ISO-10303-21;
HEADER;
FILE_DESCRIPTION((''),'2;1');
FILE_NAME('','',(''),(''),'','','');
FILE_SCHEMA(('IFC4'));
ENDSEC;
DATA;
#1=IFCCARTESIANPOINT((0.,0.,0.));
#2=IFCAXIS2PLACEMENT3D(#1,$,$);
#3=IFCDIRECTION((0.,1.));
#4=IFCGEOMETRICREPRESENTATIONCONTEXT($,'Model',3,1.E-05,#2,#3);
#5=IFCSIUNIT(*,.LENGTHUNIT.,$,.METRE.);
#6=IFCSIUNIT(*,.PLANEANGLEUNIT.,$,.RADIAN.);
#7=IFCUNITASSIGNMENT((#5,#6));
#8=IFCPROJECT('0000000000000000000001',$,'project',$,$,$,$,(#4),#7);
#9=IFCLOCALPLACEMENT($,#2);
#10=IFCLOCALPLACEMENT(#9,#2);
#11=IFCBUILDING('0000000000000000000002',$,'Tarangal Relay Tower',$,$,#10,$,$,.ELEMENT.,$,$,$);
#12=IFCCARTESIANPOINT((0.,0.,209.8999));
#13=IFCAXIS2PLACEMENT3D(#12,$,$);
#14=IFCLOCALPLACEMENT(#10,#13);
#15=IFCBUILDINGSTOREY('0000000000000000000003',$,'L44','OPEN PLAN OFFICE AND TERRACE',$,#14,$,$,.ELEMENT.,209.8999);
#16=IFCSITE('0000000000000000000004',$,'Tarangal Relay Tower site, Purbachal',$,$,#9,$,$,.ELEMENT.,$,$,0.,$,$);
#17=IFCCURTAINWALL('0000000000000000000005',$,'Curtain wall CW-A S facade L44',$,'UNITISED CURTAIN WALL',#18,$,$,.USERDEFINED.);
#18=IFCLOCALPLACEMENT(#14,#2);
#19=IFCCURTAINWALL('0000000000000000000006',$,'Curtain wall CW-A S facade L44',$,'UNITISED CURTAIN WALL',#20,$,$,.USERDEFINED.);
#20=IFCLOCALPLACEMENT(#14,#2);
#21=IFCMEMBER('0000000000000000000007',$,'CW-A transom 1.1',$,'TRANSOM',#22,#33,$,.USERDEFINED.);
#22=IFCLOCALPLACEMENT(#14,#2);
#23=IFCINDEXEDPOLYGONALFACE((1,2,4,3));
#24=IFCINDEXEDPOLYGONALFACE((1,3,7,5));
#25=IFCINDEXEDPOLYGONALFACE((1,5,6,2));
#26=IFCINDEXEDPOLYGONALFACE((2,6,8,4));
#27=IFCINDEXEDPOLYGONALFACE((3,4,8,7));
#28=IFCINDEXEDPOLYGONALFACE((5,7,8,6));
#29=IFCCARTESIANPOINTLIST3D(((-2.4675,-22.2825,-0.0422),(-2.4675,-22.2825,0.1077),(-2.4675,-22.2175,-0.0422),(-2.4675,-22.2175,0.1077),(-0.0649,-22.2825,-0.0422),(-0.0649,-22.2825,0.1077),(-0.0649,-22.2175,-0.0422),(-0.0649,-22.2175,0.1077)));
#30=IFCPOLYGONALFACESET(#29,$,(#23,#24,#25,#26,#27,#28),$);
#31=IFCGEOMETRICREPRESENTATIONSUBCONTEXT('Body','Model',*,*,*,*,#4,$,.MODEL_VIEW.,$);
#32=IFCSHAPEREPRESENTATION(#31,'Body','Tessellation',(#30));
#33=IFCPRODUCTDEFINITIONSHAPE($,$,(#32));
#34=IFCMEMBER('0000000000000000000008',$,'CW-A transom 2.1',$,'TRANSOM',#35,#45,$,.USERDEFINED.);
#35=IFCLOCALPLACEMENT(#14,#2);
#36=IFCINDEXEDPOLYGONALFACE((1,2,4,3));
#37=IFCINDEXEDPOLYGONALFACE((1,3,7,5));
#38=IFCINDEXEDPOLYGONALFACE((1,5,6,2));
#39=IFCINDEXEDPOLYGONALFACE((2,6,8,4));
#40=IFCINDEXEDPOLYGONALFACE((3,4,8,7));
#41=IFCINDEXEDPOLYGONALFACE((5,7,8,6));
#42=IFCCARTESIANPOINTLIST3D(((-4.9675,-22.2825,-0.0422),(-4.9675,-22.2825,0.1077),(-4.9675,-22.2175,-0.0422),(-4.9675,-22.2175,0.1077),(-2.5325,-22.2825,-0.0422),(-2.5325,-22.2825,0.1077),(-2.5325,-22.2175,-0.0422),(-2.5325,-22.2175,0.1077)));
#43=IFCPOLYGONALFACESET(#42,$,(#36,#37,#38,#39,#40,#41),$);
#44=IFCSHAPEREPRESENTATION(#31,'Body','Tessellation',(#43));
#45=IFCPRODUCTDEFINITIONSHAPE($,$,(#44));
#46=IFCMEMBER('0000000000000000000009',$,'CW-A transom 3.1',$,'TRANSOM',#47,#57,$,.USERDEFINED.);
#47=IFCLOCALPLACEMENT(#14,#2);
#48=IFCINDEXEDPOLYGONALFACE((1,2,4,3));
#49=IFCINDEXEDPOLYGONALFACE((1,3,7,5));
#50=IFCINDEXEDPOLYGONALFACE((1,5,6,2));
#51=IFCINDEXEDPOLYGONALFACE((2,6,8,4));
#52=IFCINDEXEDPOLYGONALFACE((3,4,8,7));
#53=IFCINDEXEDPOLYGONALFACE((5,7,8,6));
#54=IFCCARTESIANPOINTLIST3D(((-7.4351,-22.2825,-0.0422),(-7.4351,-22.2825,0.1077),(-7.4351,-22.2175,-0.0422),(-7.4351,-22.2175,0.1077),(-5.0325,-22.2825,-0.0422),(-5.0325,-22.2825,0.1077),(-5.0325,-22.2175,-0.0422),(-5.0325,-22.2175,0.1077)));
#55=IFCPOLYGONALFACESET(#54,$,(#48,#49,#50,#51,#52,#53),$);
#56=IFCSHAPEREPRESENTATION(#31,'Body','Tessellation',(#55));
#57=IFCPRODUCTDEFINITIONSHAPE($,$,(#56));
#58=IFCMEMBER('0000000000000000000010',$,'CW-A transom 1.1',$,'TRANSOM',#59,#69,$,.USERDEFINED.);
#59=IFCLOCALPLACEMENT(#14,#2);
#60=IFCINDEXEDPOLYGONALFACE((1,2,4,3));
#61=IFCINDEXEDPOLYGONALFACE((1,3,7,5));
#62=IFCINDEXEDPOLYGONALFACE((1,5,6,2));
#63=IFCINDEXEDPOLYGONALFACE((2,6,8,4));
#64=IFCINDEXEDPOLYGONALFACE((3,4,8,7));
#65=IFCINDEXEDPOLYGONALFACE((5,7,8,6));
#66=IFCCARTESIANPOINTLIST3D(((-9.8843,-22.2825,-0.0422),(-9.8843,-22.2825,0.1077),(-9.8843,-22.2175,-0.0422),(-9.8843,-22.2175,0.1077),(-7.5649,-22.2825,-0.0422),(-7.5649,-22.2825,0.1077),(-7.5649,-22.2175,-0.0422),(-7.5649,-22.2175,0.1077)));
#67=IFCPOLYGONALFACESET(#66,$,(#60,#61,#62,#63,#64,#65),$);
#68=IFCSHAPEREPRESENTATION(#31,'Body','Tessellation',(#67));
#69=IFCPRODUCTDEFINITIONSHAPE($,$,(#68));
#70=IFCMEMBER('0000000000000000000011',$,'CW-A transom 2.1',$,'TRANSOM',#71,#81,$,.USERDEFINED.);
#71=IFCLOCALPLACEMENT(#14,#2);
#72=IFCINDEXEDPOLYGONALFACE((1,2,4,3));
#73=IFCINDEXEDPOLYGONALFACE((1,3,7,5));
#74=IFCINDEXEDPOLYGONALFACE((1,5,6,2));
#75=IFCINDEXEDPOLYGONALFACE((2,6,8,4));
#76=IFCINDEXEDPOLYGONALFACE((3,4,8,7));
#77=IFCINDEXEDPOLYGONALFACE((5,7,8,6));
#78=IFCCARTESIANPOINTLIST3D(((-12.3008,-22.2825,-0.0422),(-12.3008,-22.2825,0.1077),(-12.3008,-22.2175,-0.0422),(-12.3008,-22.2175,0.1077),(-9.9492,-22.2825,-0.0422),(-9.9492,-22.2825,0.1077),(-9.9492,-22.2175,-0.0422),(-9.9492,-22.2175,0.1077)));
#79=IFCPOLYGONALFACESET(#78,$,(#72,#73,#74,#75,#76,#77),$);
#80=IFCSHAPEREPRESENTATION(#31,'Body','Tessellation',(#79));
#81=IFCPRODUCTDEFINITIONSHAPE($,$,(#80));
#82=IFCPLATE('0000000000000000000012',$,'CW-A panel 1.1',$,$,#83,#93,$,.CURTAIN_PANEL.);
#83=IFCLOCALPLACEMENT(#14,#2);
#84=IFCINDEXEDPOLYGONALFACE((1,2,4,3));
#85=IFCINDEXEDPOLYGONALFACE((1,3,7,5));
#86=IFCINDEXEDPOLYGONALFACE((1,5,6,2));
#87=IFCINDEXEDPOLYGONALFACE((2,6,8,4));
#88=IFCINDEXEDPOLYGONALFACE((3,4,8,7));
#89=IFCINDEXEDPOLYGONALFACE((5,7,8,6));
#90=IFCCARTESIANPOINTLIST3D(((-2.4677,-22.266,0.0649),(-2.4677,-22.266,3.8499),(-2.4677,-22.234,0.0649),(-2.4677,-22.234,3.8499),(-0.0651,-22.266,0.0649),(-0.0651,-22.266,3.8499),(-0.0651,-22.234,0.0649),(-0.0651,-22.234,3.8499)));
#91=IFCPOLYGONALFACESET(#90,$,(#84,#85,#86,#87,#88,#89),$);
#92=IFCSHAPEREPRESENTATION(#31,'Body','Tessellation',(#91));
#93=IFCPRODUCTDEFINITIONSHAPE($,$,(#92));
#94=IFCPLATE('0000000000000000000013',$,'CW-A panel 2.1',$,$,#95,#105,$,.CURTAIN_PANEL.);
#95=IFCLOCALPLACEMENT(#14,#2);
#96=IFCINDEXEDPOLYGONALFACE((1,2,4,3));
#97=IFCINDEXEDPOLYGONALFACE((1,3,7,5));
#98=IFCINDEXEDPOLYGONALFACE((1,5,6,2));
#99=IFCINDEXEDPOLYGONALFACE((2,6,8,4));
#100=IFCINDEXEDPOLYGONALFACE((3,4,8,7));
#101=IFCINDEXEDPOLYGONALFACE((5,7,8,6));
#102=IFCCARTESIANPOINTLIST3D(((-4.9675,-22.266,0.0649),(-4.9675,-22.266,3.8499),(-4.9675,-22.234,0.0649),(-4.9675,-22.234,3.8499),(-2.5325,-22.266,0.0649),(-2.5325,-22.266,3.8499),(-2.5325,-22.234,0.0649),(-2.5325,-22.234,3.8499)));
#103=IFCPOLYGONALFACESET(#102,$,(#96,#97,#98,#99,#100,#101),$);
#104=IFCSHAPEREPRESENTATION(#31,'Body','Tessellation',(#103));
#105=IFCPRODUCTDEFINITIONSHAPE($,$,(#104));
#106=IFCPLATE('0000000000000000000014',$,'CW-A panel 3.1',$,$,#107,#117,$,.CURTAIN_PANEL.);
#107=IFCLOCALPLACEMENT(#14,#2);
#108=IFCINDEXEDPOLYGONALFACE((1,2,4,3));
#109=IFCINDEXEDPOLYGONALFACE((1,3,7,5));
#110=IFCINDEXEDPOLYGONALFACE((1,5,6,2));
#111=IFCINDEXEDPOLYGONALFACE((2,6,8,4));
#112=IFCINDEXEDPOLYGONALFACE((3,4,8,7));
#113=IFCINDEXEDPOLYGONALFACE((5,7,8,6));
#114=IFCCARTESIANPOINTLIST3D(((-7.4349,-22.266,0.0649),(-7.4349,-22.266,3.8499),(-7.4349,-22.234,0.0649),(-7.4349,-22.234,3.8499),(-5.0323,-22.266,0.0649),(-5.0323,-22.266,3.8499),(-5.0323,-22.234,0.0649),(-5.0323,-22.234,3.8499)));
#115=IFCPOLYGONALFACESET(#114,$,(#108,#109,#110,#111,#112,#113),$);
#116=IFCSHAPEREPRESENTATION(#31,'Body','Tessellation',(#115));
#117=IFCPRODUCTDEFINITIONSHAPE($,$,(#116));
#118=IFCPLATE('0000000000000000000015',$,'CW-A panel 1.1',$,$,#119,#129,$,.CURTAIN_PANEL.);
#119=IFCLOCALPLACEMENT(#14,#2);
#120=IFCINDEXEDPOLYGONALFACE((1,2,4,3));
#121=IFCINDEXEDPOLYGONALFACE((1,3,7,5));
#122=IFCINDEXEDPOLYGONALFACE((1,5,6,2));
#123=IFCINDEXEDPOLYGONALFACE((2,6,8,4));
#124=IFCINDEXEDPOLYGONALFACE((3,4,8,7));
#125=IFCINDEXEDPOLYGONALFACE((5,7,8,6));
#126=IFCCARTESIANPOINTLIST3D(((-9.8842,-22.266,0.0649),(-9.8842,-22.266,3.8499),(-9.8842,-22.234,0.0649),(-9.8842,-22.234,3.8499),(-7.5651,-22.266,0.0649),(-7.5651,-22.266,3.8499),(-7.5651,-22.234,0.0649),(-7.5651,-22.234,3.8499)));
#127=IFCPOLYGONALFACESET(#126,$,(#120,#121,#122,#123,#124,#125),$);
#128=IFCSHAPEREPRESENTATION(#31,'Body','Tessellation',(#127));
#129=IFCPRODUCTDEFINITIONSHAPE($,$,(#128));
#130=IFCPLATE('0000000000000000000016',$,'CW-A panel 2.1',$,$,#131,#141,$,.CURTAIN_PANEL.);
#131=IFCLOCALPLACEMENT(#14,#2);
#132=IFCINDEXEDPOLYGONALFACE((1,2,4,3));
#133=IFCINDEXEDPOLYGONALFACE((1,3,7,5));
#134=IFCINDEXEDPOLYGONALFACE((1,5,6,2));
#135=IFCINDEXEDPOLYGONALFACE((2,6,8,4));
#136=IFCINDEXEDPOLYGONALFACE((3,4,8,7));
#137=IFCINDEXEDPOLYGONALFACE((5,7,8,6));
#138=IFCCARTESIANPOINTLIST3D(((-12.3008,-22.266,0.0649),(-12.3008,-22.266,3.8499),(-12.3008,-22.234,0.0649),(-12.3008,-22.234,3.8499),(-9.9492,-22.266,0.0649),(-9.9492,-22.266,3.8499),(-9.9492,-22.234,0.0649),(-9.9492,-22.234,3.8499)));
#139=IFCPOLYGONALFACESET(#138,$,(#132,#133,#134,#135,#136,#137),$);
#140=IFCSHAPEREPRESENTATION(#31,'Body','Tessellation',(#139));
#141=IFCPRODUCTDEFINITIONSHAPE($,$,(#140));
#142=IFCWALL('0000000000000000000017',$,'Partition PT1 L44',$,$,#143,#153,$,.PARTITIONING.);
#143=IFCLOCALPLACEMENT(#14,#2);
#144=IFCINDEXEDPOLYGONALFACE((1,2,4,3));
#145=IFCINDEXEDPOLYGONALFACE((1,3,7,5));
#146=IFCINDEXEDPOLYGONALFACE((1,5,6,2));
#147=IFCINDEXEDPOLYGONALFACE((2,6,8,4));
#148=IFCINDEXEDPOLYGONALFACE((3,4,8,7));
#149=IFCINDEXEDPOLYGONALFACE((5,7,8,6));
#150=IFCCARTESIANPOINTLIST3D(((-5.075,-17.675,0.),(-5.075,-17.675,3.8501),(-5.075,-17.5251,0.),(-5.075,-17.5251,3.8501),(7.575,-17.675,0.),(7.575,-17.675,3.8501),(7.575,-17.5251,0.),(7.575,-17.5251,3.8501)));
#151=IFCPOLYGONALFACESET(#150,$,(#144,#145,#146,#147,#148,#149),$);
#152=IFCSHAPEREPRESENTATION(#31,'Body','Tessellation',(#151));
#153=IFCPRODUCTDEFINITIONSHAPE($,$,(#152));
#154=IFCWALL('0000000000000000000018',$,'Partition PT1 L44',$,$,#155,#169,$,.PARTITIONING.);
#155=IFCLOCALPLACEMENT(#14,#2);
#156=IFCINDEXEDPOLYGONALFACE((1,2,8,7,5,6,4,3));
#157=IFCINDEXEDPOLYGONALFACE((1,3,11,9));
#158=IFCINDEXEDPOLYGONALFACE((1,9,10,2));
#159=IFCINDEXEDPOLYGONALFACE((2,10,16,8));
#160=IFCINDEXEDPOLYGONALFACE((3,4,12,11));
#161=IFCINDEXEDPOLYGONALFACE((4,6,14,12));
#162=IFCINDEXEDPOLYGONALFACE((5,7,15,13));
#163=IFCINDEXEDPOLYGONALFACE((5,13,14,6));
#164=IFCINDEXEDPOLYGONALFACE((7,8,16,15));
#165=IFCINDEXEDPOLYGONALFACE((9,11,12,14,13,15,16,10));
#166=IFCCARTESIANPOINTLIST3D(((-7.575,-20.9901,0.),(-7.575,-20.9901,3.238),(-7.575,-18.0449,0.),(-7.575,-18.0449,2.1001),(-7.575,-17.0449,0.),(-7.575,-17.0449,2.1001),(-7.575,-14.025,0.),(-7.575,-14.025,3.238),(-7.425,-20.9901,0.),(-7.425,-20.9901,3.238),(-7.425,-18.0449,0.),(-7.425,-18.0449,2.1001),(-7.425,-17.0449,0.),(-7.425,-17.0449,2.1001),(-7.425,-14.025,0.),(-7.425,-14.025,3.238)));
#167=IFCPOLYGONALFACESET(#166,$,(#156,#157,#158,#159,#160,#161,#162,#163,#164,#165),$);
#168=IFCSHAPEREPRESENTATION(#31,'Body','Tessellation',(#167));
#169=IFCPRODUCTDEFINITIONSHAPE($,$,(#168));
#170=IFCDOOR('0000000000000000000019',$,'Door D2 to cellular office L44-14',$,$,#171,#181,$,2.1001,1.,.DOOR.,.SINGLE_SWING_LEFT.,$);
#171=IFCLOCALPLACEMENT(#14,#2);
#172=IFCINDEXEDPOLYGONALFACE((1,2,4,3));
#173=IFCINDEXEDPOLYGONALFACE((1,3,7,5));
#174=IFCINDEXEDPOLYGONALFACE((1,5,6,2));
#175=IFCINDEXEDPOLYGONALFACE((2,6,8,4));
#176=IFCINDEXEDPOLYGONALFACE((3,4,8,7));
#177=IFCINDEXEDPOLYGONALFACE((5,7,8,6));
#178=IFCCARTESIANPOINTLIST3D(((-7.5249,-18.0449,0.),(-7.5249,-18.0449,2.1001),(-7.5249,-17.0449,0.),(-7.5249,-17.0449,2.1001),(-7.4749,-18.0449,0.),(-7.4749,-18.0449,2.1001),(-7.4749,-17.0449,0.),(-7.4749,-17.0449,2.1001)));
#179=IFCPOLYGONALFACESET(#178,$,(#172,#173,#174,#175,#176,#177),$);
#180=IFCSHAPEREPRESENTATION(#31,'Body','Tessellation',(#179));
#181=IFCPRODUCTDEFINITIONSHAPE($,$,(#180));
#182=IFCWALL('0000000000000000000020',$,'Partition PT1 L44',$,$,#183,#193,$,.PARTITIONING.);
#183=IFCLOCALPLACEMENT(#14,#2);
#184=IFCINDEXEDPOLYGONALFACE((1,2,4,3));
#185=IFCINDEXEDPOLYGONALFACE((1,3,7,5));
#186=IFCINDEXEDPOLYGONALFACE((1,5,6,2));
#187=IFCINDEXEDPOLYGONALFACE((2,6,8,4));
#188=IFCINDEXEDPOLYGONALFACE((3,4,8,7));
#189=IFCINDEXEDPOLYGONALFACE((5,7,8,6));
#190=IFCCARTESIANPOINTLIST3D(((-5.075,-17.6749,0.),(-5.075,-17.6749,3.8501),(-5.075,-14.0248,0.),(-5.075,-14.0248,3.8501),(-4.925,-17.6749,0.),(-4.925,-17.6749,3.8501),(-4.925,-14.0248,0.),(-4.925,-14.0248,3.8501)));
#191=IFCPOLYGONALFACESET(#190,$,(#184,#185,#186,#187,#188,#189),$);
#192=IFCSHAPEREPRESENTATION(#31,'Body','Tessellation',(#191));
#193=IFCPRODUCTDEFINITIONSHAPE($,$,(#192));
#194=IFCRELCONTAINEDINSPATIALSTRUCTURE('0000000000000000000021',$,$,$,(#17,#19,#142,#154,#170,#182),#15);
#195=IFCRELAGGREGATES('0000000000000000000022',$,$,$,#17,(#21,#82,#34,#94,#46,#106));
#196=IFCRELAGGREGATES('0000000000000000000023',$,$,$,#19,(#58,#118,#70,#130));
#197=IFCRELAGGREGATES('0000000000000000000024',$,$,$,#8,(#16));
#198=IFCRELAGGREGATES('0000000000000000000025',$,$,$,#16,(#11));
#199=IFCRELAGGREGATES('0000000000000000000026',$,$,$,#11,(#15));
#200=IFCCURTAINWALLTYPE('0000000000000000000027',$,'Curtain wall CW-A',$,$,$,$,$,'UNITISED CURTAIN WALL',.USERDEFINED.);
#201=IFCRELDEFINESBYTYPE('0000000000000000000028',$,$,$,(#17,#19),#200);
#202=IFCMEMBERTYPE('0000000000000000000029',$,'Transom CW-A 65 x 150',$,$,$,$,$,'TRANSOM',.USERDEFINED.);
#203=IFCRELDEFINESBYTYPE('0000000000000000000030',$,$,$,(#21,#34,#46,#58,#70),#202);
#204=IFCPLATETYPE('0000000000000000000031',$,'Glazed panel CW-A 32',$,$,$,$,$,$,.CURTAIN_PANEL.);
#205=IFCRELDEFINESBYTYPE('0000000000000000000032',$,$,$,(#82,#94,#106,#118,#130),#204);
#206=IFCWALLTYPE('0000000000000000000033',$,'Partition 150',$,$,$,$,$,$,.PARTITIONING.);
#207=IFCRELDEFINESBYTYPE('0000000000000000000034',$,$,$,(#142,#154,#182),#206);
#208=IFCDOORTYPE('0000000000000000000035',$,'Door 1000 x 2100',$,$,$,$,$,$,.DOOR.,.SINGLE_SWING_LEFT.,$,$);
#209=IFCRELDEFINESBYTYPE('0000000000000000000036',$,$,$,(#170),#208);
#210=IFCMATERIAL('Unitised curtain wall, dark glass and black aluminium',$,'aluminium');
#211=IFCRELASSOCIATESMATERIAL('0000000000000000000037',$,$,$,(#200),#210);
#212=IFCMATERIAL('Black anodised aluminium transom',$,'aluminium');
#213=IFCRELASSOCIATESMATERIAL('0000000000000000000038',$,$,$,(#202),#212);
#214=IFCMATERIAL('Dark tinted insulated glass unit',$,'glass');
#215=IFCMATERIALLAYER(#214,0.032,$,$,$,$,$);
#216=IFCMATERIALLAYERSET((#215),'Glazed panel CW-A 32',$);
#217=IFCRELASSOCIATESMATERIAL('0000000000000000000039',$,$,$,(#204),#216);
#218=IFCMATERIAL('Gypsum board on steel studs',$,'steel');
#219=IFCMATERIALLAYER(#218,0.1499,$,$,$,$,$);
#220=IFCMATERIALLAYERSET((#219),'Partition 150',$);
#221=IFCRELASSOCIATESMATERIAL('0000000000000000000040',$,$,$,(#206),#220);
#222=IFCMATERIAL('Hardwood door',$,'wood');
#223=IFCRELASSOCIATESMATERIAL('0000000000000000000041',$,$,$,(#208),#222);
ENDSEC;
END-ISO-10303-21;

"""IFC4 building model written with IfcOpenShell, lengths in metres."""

from ifc_helpers import new_model, si_unit, direction, frame, frame_2d, origin, origin_2d, place, context, subcontext, project, spatial, rectangle, extrude, material, layer, layer_set, material_profile, profile_set, type_object, element, fill, aggregate, save


model = new_model("IFC4")

# Units and contexts
model_context = context("Model", 3, precision=1e-05, world=origin(), true_north=direction((0.0, 1.0)))
body_context = subcontext(model_context, "Body", "Model", "MODEL_VIEW")
ifc_project = project(units=[si_unit("LENGTHUNIT", "METRE"), si_unit("PLANEANGLEUNIT", "RADIAN")], contexts=[model_context])

# Site, building, storey
site_placement = place(None, origin())
site = spatial("IfcSite", under=ifc_project, at=site_placement, Name="Tarangal Relay Tower site, Purbachal", CompositionType="ELEMENT", RefElevation=0.0)
building_placement = place(site_placement, origin())
building = spatial("IfcBuilding", under=site, at=building_placement, Name="Tarangal Relay Tower", CompositionType="ELEMENT")
storey_placement = place(building_placement, frame((0.0, 0.0, 209.8999)))
storey = spatial("IfcBuildingStorey", under=building, at=storey_placement, Name="L44", Description="OPEN PLAN OFFICE AND TERRACE", CompositionType="ELEMENT", Elevation=209.8999)

# Curtain walls
ifc_material_1 = material(Name="Unitised curtain wall, dark glass and black aluminium", Category="aluminium")
curtain_wall_type = type_object("IfcCurtainWallType", Name="Curtain wall CW-A", ElementType="UNITISED CURTAIN WALL", PredefinedType="USERDEFINED", material=ifc_material_1)
curtain_wall_1_placement = place(storey_placement, origin())
curtain_wall_1 = element("IfcCurtainWall", 1, at=curtain_wall_1_placement, inside=storey, type_object=curtain_wall_type, Name="Curtain wall CW-A S facade L44", ObjectType="UNITISED CURTAIN WALL", PredefinedType="USERDEFINED")
curtain_wall_2_placement = place(storey_placement, origin())
curtain_wall_2 = element("IfcCurtainWall", 2, at=curtain_wall_2_placement, inside=storey, type_object=curtain_wall_type, Name="Curtain wall CW-A S facade L44", ObjectType="UNITISED CURTAIN WALL", PredefinedType="USERDEFINED")

# Members
ifc_material_2 = material(Name="Black anodised aluminium transom", Category="aluminium")
ifc_material_profile_1 = material_profile(ifc_material_2, rectangle(XDim=0.0649, YDim=0.1499, at=origin_2d()), Name="CW-AT 65X150")
ifc_profile_set_1 = profile_set([ifc_material_profile_1], Name="Black anodised aluminium transom")
member_type_1 = type_object("IfcMemberType", Name="Transom CW-A 65 x 150", ElementType="TRANSOM", PredefinedType="USERDEFINED", material=ifc_profile_set_1)
member_1_placement = place(storey_placement, frame((-0.0649, -22.25, 0.0327), z_axis=(-1.0, 0.0, 0.0), x_axis=(0.0, -1.0, 0.0)))
member_1 = element("IfcMember", 3, at=member_1_placement, type_object=member_type_1, Name="CW-A transom 1.1", ObjectType="TRANSOM", PredefinedType="USERDEFINED", context=body_context, shape_type="SweptSolid", body=[
    extrude(rectangle(XDim=0.0649, YDim=0.1499, at=origin_2d()), origin(), (0.0, 0.0, 1.0), 2.4026),
])
member_2_placement = place(storey_placement, frame((-2.5325, -22.25, 0.0327), z_axis=(-1.0, 0.0, 0.0), x_axis=(0.0, -1.0, 0.0)))
member_2 = element("IfcMember", 4, at=member_2_placement, type_object=member_type_1, Name="CW-A transom 2.1", ObjectType="TRANSOM", PredefinedType="USERDEFINED", context=body_context, shape_type="SweptSolid", body=[
    extrude(rectangle(XDim=0.0649, YDim=0.1499, at=origin_2d()), origin(), (0.0, 0.0, 1.0), 2.4351),
])
member_3_placement = place(storey_placement, frame((-5.0325, -22.25, 0.0327), z_axis=(-1.0, 0.0, 0.0), x_axis=(0.0, -1.0, 0.0)))
member_3 = element("IfcMember", 5, at=member_3_placement, type_object=member_type_1, Name="CW-A transom 3.1", ObjectType="TRANSOM", PredefinedType="USERDEFINED", context=body_context, shape_type="SweptSolid", body=[
    extrude(rectangle(XDim=0.0649, YDim=0.1499, at=origin_2d()), origin(), (0.0, 0.0, 1.0), 2.4026),
])
member_4_placement = place(storey_placement, frame((-7.5649, -22.25, 0.0327), z_axis=(-1.0, 0.0, 0.0), x_axis=(0.0, -1.0, 0.0)))
member_4 = element("IfcMember", 6, at=member_4_placement, type_object=member_type_1, Name="CW-A transom 1.1", ObjectType="TRANSOM", PredefinedType="USERDEFINED", context=body_context, shape_type="SweptSolid", body=[
    extrude(rectangle(XDim=0.0649, YDim=0.1499, at=origin_2d()), origin(), (0.0, 0.0, 1.0), 2.3193),
])
member_5_placement = place(storey_placement, frame((-9.9492, -22.25, 0.0327), z_axis=(-1.0, 0.0, 0.0), x_axis=(0.0, -1.0, 0.0)))
member_5 = element("IfcMember", 7, at=member_5_placement, type_object=member_type_1, Name="CW-A transom 2.1", ObjectType="TRANSOM", PredefinedType="USERDEFINED", context=body_context, shape_type="SweptSolid", body=[
    extrude(rectangle(XDim=0.0649, YDim=0.1499, at=origin_2d()), origin(), (0.0, 0.0, 1.0), 2.3516),
])

# Plates
ifc_material_3 = material(Name="Dark tinted insulated glass unit", Category="glass")
ifc_layer_1 = layer(ifc_material_3, 0.032)
ifc_layer_set_1 = layer_set([ifc_layer_1], Name="Glazed panel CW-A 32")
plate_type = type_object("IfcPlateType", Name="Glazed panel CW-A 32", PredefinedType="CURTAIN_PANEL", material=ifc_layer_set_1)
plate_1_placement = place(storey_placement, frame((-1.2664, -22.25, 0.0649), z_axis=(0.0, 0.0, 1.0), x_axis=(-1.0, 0.0, 0.0)))
plate_1 = element("IfcPlate", 8, at=plate_1_placement, type_object=plate_type, Name="CW-A panel 1.1", PredefinedType="CURTAIN_PANEL", context=body_context, shape_type="SweptSolid", body=[
    extrude(rectangle(XDim=2.4026, YDim=0.032, at=origin_2d()), origin(), (0.0, 0.0, 1.0), 3.7849),
])
plate_2_placement = place(storey_placement, frame((-3.75, -22.25, 0.0649), z_axis=(0.0, 0.0, 1.0), x_axis=(-1.0, 0.0, 0.0)))
plate_2 = element("IfcPlate", 9, at=plate_2_placement, type_object=plate_type, Name="CW-A panel 2.1", PredefinedType="CURTAIN_PANEL", context=body_context, shape_type="SweptSolid", body=[
    extrude(rectangle(XDim=2.4351, YDim=0.032, at=origin_2d()), origin(), (0.0, 0.0, 1.0), 3.7849),
])
plate_3_placement = place(storey_placement, frame((-6.2336, -22.25, 0.0649), z_axis=(0.0, 0.0, 1.0), x_axis=(-1.0, 0.0, 0.0)))
plate_3 = element("IfcPlate", 10, at=plate_3_placement, type_object=plate_type, Name="CW-A panel 3.1", PredefinedType="CURTAIN_PANEL", context=body_context, shape_type="SweptSolid", body=[
    extrude(rectangle(XDim=2.4026, YDim=0.032, at=origin_2d()), origin(), (0.0, 0.0, 1.0), 3.7849),
])
aggregate(curtain_wall_1, [member_1, plate_1, member_2, plate_2, member_3, plate_3])
plate_4_placement = place(storey_placement, frame((-8.7246, -22.25, 0.0649), z_axis=(0.0, 0.0, 1.0), x_axis=(-1.0, 0.0, 0.0)))
plate_4 = element("IfcPlate", 11, at=plate_4_placement, type_object=plate_type, Name="CW-A panel 1.1", PredefinedType="CURTAIN_PANEL", context=body_context, shape_type="SweptSolid", body=[
    extrude(rectangle(XDim=2.3191, YDim=0.032, at=origin_2d()), origin(), (0.0, 0.0, 1.0), 3.7849),
])
plate_5_placement = place(storey_placement, frame((-11.125, -22.25, 0.0649), z_axis=(0.0, 0.0, 1.0), x_axis=(-1.0, 0.0, 0.0)))
plate_5 = element("IfcPlate", 12, at=plate_5_placement, type_object=plate_type, Name="CW-A panel 2.1", PredefinedType="CURTAIN_PANEL", context=body_context, shape_type="SweptSolid", body=[
    extrude(rectangle(XDim=2.3516, YDim=0.032, at=origin_2d()), origin(), (0.0, 0.0, 1.0), 3.7849),
])
aggregate(curtain_wall_2, [member_4, plate_4, member_5, plate_5])

# Wall
ifc_material_4 = material(Name="Gypsum board on steel studs", Category="steel")
ifc_layer_2 = layer(ifc_material_4, 0.1499)
ifc_layer_set_2 = layer_set([ifc_layer_2], Name="Partition 150")
wall_type = type_object("IfcWallType", Name="Partition 150", PredefinedType="PARTITIONING", material=ifc_layer_set_2)
wall_1_placement = place(storey_placement, frame((-5.075, -17.6001, 0.0), z_axis=(0.0, 0.0, 1.0), x_axis=(1.0, 0.0, 0.0)))
element("IfcWall", 13, at=wall_1_placement, inside=storey, type_object=wall_type, Name="Partition PT1 L44", PredefinedType="PARTITIONING", context=body_context, shape_type="SweptSolid", body=[
    extrude(rectangle(XDim=12.6499, YDim=0.1499, at=frame_2d((6.325, 0.0))), origin(), (0.0, 0.0, 1.0), 3.8501),
])

# Wall, opening, door
wall_2_placement = place(storey_placement, frame((-7.5, -20.99, 0.0), z_axis=(0.0, 0.0, 1.0), x_axis=(0.0, 1.0, 0.0)))
wall_2 = element("IfcWall", 14, at=wall_2_placement, inside=storey, type_object=wall_type, Name="Partition PT1 L44", PredefinedType="PARTITIONING", context=body_context, shape_type="SweptSolid", body=[
    extrude(rectangle(XDim=6.9651, YDim=0.1499, at=frame_2d((3.4824, 0.0))), origin(), (0.0, 0.0, 1.0), 3.238),
])
opening_1_placement = place(wall_2_placement, frame((2.9451, 0.0, 0.0)))
opening_1 = element("IfcOpeningElement", 15, at=opening_1_placement, cuts=wall_2, PredefinedType="OPENING", context=body_context, shape_type="SweptSolid", body=[
    extrude(rectangle(XDim=1.0, YDim=2.1001, at=frame_2d((0.5, 1.05))), frame((0.0, 0.085, 0.0), z_axis=(0.0, -1.0, 0.0), x_axis=(1.0, 0.0, 0.0)), (0.0, 0.0, 1.0), 0.1699),
])
ifc_material_5 = material(Name="Hardwood door", Category="wood")
door_type = type_object("IfcDoorType", Name="Door 1000 x 2100", OperationType="SINGLE_SWING_LEFT", PredefinedType="DOOR", material=ifc_material_5)
door_1_placement = place(opening_1_placement, origin())
door_1 = element("IfcDoor", 16, at=door_1_placement, inside=storey, type_object=door_type, Name="Door D2 to cellular office L44-14", OperationType="SINGLE_SWING_LEFT", OverallHeight=2.1001, OverallWidth=1.0, PredefinedType="DOOR", context=body_context, shape_type="SweptSolid", body=[
    extrude(rectangle(XDim=1.0, YDim=2.1001, at=frame_2d((0.5, 1.05))), frame((0.0, 0.0249, 0.0), z_axis=(0.0, -1.0, 0.0), x_axis=(1.0, 0.0, 0.0)), (0.0, 0.0, 1.0), 0.05),
])
fill(opening_1, door_1)

# Wall
wall_3_placement = place(storey_placement, frame((-5.0, -17.675, 0.0), z_axis=(0.0, 0.0, 1.0), x_axis=(0.0, 1.0, 0.0)))
element("IfcWall", 17, at=wall_3_placement, inside=storey, type_object=wall_type, Name="Partition PT1 L44", PredefinedType="PARTITIONING", context=body_context, shape_type="SweptSolid", body=[
    extrude(rectangle(XDim=3.6501, YDim=0.1499, at=frame_2d((1.8252, 0.0))), origin(), (0.0, 0.0, 1.0), 3.8501),
])

save(model, "model.ifc")
